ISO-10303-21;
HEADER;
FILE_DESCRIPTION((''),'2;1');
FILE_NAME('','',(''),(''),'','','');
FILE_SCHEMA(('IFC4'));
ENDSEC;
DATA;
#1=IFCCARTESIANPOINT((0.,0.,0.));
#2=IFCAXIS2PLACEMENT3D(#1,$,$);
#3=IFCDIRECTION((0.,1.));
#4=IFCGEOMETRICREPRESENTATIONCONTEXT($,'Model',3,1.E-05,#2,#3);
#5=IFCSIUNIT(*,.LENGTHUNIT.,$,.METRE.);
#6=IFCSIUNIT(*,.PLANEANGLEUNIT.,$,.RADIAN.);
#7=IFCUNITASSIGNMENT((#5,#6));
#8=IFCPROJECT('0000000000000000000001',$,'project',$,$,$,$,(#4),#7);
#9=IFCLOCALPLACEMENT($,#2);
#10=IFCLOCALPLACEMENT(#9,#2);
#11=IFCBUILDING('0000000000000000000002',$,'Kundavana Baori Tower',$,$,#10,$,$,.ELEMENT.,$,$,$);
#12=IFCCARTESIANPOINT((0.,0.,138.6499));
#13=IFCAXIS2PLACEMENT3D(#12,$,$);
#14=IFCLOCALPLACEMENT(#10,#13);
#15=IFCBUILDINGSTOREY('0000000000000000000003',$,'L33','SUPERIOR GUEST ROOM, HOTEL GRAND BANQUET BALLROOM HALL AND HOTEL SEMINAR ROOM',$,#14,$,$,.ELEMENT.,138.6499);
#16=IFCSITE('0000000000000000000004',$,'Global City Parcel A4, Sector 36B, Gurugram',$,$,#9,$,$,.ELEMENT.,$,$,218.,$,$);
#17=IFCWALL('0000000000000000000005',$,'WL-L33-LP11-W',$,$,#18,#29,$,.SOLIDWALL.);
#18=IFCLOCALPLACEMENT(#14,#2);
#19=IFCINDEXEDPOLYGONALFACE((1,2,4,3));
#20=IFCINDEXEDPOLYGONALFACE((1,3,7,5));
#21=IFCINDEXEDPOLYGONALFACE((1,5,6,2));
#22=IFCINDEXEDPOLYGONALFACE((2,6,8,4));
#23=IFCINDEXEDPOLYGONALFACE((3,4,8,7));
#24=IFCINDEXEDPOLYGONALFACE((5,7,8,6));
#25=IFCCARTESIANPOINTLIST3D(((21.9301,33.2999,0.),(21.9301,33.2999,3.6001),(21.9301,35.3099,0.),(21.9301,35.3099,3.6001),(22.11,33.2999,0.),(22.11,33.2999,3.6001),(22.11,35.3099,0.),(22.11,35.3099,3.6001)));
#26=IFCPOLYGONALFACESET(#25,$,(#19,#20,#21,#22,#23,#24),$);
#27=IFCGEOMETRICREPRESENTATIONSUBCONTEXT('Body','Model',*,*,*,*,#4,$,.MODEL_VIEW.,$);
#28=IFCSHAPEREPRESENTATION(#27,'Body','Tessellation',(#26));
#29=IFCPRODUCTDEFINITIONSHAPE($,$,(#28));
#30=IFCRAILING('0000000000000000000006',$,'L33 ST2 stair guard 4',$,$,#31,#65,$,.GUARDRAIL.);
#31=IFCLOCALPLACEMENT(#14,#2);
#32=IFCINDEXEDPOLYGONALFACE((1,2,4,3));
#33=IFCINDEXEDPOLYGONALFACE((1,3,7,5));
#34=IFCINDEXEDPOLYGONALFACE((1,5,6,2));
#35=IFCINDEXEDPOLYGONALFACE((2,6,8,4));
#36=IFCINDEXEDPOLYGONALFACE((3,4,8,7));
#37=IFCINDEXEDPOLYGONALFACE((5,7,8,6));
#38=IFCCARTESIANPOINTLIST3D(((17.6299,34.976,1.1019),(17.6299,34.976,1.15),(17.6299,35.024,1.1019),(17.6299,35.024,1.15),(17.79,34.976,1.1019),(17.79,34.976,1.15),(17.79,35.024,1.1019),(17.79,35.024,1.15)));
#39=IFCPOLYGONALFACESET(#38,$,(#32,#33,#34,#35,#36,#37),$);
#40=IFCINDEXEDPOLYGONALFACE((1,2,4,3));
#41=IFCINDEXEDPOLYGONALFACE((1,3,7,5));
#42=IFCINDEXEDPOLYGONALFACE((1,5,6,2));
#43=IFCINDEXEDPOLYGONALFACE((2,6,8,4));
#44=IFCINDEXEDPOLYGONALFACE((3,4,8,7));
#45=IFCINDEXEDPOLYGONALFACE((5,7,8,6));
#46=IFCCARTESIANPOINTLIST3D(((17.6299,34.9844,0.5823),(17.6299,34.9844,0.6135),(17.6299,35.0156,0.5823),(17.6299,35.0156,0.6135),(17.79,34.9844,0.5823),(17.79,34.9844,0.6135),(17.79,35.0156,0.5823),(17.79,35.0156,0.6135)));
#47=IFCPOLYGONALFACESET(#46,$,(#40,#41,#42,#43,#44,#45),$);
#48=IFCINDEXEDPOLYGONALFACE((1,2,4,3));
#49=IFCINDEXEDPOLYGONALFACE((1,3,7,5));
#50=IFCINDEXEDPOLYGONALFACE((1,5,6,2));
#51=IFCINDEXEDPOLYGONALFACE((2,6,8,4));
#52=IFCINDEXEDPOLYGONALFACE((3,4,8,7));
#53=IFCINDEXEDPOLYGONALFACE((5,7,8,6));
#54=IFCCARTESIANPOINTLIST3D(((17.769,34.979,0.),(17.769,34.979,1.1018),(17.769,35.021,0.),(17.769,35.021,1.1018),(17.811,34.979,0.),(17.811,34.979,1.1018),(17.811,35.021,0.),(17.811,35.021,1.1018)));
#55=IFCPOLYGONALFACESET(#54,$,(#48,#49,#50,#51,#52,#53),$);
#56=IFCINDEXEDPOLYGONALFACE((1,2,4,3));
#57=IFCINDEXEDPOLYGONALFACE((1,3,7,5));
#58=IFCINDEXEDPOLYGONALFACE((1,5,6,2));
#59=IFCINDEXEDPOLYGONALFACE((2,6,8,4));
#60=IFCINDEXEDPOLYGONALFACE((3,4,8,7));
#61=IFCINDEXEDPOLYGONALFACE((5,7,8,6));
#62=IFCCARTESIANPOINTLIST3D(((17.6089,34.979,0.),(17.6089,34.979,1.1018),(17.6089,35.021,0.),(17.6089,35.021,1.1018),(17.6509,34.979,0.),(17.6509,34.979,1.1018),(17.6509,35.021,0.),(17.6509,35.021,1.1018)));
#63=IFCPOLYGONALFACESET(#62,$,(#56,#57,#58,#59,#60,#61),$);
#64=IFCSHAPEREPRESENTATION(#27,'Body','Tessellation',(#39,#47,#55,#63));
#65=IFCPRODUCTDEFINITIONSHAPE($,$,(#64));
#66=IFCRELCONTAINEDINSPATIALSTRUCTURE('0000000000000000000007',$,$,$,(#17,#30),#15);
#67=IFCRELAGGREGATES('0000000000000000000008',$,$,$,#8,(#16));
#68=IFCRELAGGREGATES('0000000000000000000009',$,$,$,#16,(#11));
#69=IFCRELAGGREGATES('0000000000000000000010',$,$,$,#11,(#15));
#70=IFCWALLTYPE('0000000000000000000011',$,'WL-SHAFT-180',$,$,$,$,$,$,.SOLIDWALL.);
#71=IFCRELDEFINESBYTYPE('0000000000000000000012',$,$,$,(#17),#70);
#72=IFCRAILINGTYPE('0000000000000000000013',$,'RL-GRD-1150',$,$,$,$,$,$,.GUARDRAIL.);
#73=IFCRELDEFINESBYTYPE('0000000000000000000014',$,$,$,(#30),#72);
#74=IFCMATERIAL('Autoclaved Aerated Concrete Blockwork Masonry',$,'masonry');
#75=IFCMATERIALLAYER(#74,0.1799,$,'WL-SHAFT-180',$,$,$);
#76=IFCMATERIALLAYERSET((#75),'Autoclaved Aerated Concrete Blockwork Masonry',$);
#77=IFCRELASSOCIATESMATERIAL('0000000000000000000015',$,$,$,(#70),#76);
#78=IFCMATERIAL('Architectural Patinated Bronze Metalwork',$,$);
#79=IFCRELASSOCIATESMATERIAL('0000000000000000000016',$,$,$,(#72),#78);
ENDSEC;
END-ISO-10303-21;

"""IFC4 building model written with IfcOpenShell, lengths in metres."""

from ifc_helpers import new_model, si_unit, direction, frame, frame_2d, origin, origin_2d, place, context, subcontext, project, spatial, rectangle, extrude, material, layer, layer_set, type_object, element, save


model = new_model("IFC4")

# Units and contexts
model_context = context("Model", 3, precision=1e-05, world=origin(), true_north=direction((0.0, 1.0)))
body_context = subcontext(model_context, "Body", "Model", "MODEL_VIEW")
ifc_project = project(units=[si_unit("LENGTHUNIT", "METRE"), si_unit("PLANEANGLEUNIT", "RADIAN")], contexts=[model_context])

# Site, building, storey
site_placement = place(None, origin())
site = spatial("IfcSite", under=ifc_project, at=site_placement, Name="Global City Parcel A4, Sector 36B, Gurugram", CompositionType="ELEMENT", RefElevation=218.0)
building_placement = place(site_placement, origin())
building = spatial("IfcBuilding", under=site, at=building_placement, Name="Kundavana Baori Tower", CompositionType="ELEMENT")
storey_placement = place(building_placement, frame((0.0, 0.0, 138.6499)))
storey = spatial("IfcBuildingStorey", under=building, at=storey_placement, Name="L33", Description="SUPERIOR GUEST ROOM, HOTEL GRAND BANQUET BALLROOM HALL AND HOTEL SEMINAR ROOM", CompositionType="ELEMENT", Elevation=138.6499)

# Shared definitions
ifc_material_1 = material(Name="Autoclaved Aerated Concrete Blockwork Masonry", Category="masonry")
ifc_layer_1 = layer(ifc_material_1, 0.1799, Name="WL-SHAFT-180")
ifc_layer_set_1 = layer_set([ifc_layer_1], Name="Autoclaved Aerated Concrete Blockwork Masonry")
wall_type_1 = type_object("IfcWallType", Name="WL-SHAFT-180", PredefinedType="SOLIDWALL", material=ifc_layer_set_1)

# Wall
wall_1_placement = place(storey_placement, frame((22.02, 33.3, 0.0), z_axis=(0.0, 0.0, 1.0), x_axis=(0.0, 1.0, 0.0)))
element("IfcWall", 1, at=wall_1_placement, inside=storey, type_object=wall_type_1, Name="WL-L33-LP11-W", PredefinedType="SOLIDWALL", context=body_context, shape_type="SweptSolid", body=[
    extrude(rectangle(XDim=2.01, YDim=0.1799, at=frame_2d((1.0049, 0.0))), origin(), (0.0, 0.0, 1.0), 3.6001),
])

# Railing
ifc_material_2 = material(Name="Architectural Patinated Bronze Metalwork")
railing_type = type_object("IfcRailingType", Name="RL-GRD-1150", PredefinedType="GUARDRAIL", material=ifc_material_2)
railing_placement = place(storey_placement, frame((17.79, 35.0, 0.0)))
element("IfcRailing", 2, at=railing_placement, inside=storey, type_object=railing_type, Name="L33 ST2 stair guard 4", PredefinedType="GUARDRAIL", context=body_context, shape_type="SweptSolid", body=[
    extrude(rectangle(XDim=0.0481, YDim=0.0481, at=origin_2d()), frame((0.0, 0.0, 1.126), z_axis=(-1.0, 0.0, 0.0), x_axis=(0.0, -1.0, 0.0)), (0.0, 0.0, 1.0), 0.1602),
    extrude(rectangle(XDim=0.0312, YDim=0.0312, at=origin_2d()), frame((0.0, 0.0, 0.5979), z_axis=(-1.0, 0.0, 0.0), x_axis=(0.0, -1.0, 0.0)), (0.0, 0.0, 1.0), 0.1602),
    extrude(rectangle(XDim=0.042, YDim=0.042, at=origin_2d()), origin(), (0.0, 0.0, 1.0), 1.1018),
    extrude(rectangle(XDim=0.042, YDim=0.042, at=origin_2d()), frame((-0.1602, 0.0, 0.0)), (0.0, 0.0, 1.0), 1.1018),
])

save(model, "model.ifc")
